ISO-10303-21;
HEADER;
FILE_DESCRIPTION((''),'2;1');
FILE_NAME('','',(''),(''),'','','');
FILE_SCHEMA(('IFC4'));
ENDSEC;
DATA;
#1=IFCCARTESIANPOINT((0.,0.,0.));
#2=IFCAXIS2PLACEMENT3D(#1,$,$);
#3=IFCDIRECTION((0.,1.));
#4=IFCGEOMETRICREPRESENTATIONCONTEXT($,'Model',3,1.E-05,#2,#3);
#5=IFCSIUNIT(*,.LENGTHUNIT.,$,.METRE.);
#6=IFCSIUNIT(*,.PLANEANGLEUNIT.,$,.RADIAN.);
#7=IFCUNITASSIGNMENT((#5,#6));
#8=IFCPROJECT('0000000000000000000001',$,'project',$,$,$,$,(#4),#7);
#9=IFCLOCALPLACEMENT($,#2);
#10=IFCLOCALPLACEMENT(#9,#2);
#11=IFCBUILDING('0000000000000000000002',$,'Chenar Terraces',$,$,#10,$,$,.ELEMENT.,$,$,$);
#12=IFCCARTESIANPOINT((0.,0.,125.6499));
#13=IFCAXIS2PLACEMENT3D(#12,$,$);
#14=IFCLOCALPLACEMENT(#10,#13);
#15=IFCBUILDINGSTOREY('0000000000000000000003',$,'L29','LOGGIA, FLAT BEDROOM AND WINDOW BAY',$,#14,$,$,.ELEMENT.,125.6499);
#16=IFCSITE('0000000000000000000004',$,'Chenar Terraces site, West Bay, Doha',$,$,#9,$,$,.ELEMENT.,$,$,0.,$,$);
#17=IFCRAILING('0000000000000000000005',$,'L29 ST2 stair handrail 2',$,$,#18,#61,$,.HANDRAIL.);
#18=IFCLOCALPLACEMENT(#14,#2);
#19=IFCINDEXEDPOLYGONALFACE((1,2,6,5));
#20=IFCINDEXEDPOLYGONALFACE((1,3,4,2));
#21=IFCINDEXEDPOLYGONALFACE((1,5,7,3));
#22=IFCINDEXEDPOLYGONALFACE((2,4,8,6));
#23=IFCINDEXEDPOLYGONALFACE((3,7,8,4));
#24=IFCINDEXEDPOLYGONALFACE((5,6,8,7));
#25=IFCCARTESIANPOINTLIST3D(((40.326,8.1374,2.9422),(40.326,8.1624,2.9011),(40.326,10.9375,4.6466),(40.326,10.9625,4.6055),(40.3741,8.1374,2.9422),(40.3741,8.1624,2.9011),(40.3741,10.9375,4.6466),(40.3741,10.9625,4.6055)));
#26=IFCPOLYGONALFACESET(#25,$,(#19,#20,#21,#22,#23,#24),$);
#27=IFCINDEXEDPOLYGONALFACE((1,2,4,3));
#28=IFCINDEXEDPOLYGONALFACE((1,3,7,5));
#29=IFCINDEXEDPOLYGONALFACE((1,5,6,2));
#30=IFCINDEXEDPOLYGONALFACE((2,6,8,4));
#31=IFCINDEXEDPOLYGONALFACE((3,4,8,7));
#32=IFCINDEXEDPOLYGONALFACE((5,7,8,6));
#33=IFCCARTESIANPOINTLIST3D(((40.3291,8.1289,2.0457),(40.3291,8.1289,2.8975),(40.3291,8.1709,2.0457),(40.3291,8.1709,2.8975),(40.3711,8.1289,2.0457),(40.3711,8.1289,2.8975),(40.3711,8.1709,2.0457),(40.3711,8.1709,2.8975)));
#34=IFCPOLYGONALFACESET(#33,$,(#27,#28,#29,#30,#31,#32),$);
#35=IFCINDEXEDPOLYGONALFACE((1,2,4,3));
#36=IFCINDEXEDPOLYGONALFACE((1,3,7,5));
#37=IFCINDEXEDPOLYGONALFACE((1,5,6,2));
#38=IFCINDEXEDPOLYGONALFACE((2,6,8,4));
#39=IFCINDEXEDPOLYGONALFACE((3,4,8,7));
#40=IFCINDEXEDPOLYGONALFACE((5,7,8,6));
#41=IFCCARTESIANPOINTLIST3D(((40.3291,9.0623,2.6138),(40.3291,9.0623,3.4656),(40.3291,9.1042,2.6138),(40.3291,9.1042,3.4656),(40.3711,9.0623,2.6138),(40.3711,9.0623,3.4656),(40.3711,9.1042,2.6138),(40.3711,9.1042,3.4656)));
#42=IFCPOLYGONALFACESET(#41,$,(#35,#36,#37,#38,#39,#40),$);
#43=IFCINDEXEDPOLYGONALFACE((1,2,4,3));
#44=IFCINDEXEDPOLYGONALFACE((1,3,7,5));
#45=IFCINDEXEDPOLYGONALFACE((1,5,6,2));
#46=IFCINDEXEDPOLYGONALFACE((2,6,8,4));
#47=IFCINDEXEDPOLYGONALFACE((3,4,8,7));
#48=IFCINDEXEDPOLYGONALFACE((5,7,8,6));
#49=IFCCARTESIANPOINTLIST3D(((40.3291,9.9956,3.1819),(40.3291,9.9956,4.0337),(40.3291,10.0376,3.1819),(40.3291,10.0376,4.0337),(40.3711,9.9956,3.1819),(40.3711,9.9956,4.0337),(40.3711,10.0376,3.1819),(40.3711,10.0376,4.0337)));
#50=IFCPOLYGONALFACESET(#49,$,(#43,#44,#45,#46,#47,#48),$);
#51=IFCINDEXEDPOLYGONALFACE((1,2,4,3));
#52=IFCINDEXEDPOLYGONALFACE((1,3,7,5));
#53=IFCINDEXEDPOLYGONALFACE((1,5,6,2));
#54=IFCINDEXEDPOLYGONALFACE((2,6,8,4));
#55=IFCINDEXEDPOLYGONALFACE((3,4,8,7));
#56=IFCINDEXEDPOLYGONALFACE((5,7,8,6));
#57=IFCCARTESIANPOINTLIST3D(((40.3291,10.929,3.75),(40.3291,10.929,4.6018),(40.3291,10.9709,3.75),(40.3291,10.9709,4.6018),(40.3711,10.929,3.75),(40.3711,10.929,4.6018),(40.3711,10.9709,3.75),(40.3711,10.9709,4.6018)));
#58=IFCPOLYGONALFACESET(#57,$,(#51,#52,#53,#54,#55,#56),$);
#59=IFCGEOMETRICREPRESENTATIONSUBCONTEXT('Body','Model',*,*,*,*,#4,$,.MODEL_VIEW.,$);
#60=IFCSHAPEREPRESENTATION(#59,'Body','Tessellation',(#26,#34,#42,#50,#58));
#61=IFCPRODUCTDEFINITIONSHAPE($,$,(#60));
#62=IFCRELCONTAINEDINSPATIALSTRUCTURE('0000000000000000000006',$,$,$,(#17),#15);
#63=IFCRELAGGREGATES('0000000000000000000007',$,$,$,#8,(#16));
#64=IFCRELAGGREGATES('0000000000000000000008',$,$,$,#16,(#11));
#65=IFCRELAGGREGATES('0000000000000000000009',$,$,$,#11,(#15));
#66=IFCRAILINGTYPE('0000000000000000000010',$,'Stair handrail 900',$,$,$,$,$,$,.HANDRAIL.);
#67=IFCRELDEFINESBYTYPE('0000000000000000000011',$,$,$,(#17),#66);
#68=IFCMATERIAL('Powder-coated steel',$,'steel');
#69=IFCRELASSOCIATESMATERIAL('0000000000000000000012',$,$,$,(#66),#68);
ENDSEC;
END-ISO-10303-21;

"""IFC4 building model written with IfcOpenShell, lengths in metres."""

from ifc_helpers import new_model, si_unit, direction, frame, origin, origin_2d, place, context, subcontext, project, spatial, rectangle, extrude, material, type_object, element, save


model = new_model("IFC4")

# Units and contexts
model_context = context("Model", 3, precision=1e-05, world=origin(), true_north=direction((0.0, 1.0)))
body_context = subcontext(model_context, "Body", "Model", "MODEL_VIEW")
ifc_project = project(units=[si_unit("LENGTHUNIT", "METRE"), si_unit("PLANEANGLEUNIT", "RADIAN")], contexts=[model_context])

# Site, building, storey
site_placement = place(None, origin())
site = spatial("IfcSite", under=ifc_project, at=site_placement, Name="Chenar Terraces site, West Bay, Doha", CompositionType="ELEMENT", RefElevation=0.0)
building_placement = place(site_placement, origin())
building = spatial("IfcBuilding", under=site, at=building_placement, Name="Chenar Terraces", CompositionType="ELEMENT")
storey_placement = place(building_placement, frame((0.0, 0.0, 125.6499)))
storey = spatial("IfcBuildingStorey", under=building, at=storey_placement, Name="L29", Description="LOGGIA, FLAT BEDROOM AND WINDOW BAY", CompositionType="ELEMENT", Elevation=125.6499)

# Railing
ifc_material_1 = material(Name="Powder-coated steel", Category="steel")
railing_type_1 = type_object("IfcRailingType", Name="Stair handrail 900", PredefinedType="HANDRAIL", material=ifc_material_1)
railing_1_placement = place(storey_placement, frame((40.3501, 8.1499, 2.0457)))
element("IfcRailing", 1, at=railing_1_placement, inside=storey, type_object=railing_type_1, Name="L29 ST2 stair handrail 2", PredefinedType="HANDRAIL", context=body_context, shape_type="SweptSolid", body=[
    extrude(rectangle(XDim=0.0481, YDim=0.0481, at=origin_2d()), frame((0.0, 0.0, 0.876), z_axis=(0.0, 0.854203, 0.51994), x_axis=(-1.0, 0.0, 0.0)), (0.0, 0.0, 1.0), 3.2781),
    extrude(rectangle(XDim=0.042, YDim=0.042, at=origin_2d()), origin(), (0.0, 0.0, 1.0), 0.8518),
    extrude(rectangle(XDim=0.042, YDim=0.042, at=origin_2d()), frame((0.0, 0.9333, 0.5681)), (0.0, 0.0, 1.0), 0.8518),
    extrude(rectangle(XDim=0.042, YDim=0.042, at=origin_2d()), frame((0.0, 1.8667, 1.1362)), (0.0, 0.0, 1.0), 0.8518),
    extrude(rectangle(XDim=0.042, YDim=0.042, at=origin_2d()), frame((0.0, 2.8, 1.7043)), (0.0, 0.0, 1.0), 0.8518),
])

save(model, "model.ifc")
